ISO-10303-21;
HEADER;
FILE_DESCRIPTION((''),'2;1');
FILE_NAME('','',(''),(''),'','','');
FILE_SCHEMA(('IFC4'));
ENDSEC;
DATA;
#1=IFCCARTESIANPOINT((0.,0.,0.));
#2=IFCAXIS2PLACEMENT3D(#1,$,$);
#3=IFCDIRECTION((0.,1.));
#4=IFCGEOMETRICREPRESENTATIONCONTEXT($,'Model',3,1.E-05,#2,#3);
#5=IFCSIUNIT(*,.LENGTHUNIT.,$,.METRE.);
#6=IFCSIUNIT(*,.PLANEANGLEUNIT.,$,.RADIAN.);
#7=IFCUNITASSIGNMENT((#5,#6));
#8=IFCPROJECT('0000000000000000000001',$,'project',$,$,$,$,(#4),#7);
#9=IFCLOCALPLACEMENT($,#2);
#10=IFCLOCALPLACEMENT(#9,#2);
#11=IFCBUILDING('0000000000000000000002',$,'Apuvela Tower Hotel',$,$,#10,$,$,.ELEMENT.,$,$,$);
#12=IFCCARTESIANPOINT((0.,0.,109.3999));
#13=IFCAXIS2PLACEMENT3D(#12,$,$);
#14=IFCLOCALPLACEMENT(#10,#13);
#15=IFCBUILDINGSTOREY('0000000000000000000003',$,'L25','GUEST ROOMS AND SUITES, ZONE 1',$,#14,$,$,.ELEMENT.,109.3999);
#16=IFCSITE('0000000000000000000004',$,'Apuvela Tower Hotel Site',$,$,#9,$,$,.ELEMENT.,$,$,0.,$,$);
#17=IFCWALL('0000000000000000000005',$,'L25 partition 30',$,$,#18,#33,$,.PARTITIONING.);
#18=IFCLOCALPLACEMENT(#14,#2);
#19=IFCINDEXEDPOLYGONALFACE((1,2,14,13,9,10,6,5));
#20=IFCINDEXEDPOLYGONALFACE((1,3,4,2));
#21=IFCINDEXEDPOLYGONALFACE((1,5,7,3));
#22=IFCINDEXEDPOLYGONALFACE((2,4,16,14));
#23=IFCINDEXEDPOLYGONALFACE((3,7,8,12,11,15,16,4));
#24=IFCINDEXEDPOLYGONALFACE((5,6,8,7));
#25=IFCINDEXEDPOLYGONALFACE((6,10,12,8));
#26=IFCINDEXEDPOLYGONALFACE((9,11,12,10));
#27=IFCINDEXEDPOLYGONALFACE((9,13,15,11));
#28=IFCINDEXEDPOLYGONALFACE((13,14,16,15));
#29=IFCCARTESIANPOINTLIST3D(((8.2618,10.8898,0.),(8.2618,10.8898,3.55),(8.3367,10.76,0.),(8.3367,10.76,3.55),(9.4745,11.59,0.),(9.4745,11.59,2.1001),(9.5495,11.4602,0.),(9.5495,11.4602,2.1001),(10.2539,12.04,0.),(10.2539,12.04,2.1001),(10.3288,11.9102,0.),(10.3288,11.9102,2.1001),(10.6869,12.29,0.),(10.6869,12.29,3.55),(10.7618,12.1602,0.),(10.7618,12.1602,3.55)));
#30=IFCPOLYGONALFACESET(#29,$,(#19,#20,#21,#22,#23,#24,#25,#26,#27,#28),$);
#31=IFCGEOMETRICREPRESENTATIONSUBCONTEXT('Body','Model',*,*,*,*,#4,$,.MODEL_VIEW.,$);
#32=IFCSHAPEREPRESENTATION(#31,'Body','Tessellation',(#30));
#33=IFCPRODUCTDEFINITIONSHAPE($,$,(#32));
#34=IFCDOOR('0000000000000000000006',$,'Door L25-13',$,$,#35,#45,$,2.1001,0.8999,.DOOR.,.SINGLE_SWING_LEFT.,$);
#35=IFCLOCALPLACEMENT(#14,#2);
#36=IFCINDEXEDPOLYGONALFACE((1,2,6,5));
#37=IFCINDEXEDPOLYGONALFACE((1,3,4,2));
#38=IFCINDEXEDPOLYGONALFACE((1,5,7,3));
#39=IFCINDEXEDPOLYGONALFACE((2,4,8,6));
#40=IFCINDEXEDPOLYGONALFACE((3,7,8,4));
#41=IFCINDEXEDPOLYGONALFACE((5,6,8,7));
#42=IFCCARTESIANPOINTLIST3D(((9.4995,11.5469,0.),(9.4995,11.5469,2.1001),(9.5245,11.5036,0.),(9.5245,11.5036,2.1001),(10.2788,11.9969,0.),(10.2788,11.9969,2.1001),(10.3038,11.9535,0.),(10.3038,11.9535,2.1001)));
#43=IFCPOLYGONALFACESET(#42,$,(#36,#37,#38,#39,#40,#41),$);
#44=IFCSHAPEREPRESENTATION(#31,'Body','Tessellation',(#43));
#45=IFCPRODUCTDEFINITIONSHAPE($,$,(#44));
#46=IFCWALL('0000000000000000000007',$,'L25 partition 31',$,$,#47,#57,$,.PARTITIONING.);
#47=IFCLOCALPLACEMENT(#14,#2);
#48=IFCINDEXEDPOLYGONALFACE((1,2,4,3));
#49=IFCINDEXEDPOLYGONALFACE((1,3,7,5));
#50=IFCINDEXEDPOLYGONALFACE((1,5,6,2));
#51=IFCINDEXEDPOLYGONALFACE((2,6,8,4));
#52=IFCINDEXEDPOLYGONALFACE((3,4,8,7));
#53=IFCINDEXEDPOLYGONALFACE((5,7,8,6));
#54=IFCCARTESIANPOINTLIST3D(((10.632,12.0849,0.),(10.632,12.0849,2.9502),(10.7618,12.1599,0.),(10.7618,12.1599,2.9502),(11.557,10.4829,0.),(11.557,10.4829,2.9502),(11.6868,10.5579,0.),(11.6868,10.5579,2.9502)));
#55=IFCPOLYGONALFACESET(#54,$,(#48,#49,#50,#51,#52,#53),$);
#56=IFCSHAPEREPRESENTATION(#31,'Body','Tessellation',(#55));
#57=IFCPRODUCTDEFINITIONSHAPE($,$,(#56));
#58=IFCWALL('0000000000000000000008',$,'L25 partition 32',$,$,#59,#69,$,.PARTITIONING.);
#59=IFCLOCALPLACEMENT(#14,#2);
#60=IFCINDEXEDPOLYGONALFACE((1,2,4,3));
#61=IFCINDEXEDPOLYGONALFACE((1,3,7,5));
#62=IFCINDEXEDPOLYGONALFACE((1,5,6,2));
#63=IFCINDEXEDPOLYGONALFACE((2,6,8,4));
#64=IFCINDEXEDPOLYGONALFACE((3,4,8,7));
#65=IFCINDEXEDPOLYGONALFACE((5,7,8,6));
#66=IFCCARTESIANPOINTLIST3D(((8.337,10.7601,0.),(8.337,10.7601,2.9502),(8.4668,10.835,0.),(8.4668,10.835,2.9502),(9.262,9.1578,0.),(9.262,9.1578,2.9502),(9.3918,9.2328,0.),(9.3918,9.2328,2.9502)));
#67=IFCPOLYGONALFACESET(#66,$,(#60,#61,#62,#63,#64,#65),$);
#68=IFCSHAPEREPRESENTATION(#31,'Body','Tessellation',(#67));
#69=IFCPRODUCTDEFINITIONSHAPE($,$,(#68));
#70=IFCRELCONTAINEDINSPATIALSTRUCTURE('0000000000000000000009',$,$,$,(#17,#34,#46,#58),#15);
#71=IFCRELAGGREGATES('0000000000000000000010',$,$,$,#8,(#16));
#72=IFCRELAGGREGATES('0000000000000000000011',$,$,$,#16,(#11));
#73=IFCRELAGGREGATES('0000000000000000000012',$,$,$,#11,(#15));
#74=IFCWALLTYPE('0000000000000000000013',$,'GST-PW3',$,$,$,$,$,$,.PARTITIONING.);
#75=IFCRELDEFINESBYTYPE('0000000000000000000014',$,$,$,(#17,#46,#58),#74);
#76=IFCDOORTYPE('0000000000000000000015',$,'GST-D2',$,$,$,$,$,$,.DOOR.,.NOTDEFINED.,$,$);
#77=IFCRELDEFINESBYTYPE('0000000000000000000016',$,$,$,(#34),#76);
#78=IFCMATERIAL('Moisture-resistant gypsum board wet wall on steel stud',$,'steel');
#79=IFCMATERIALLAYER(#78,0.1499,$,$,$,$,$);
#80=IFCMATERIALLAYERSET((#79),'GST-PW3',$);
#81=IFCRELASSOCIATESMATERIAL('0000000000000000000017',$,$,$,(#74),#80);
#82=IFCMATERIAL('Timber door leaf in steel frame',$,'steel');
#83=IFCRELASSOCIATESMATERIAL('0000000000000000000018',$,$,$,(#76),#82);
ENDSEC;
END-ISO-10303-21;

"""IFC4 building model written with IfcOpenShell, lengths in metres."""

from ifc_helpers import new_model, si_unit, direction, frame, frame_2d, origin, place, context, subcontext, project, spatial, rectangle, extrude, material, layer, layer_set, type_object, element, fill, save


model = new_model("IFC4")

# Units and contexts
model_context = context("Model", 3, precision=1e-05, world=origin(), true_north=direction((0.0, 1.0)))
body_context = subcontext(model_context, "Body", "Model", "MODEL_VIEW")
ifc_project = project(units=[si_unit("LENGTHUNIT", "METRE"), si_unit("PLANEANGLEUNIT", "RADIAN")], contexts=[model_context])

# Site, building, storey
site_placement = place(None, origin())
site = spatial("IfcSite", under=ifc_project, at=site_placement, Name="Apuvela Tower Hotel Site", CompositionType="ELEMENT", RefElevation=0.0)
building_placement = place(site_placement, origin())
building = spatial("IfcBuilding", under=site, at=building_placement, Name="Apuvela Tower Hotel", CompositionType="ELEMENT")
storey_placement = place(building_placement, frame((0.0, 0.0, 109.3999)))
storey = spatial("IfcBuildingStorey", under=building, at=storey_placement, Name="L25", Description="GUEST ROOMS AND SUITES, ZONE 1", CompositionType="ELEMENT", Elevation=109.3999)

# Shared definitions
ifc_material_1 = material(Name="Timber door leaf in steel frame", Category="steel")

# Shared definitions
ifc_material_2 = material(Name="Moisture-resistant gypsum board wet wall on steel stud", Category="steel")
ifc_layer_1 = layer(ifc_material_2, 0.1499)
ifc_layer_set_1 = layer_set([ifc_layer_1], Name="GST-PW3")
wall_type_1 = type_object("IfcWallType", Name="GST-PW3", PredefinedType="PARTITIONING", material=ifc_layer_set_1)

# Wall, opening, door
wall_1_placement = place(storey_placement, frame((10.7244, 12.2251, 0.0), z_axis=(0.0, 0.0, 1.0), x_axis=(-0.866019, -0.500012, 0.0)))
wall_1 = element("IfcWall", 1, at=wall_1_placement, inside=storey, type_object=wall_type_1, Name="L25 partition 30", PredefinedType="PARTITIONING", context=body_context, shape_type="SweptSolid", body=[
    extrude(rectangle(XDim=2.8003, YDim=0.1499, at=frame_2d((1.4001, 0.0))), origin(), (0.0, 0.0, 1.0), 3.55),
])
opening_1_placement = place(wall_1_placement, frame((0.5, 0.0, 0.0)))
opening_1 = element("IfcOpeningElement", 2, at=opening_1_placement, cuts=wall_1, PredefinedType="OPENING", context=body_context, shape_type="SweptSolid", body=[
    extrude(rectangle(XDim=0.8999, YDim=2.1001, at=frame_2d((0.45, 1.05))), frame((0.0, 0.085, 0.0), z_axis=(0.0, -1.0, 0.0), x_axis=(1.0, 0.0, 0.0)), (0.0, 0.0, 1.0), 0.1699),
])
door_type_1 = type_object("IfcDoorType", Name="GST-D2", OperationType="NOTDEFINED", PredefinedType="DOOR", material=ifc_material_1)
door_1_placement = place(opening_1_placement, origin())
door_1 = element("IfcDoor", 3, at=door_1_placement, inside=storey, type_object=door_type_1, Name="Door L25-13", OperationType="SINGLE_SWING_LEFT", OverallHeight=2.1001, OverallWidth=0.8999, PredefinedType="DOOR", context=body_context, shape_type="SweptSolid", body=[
    extrude(rectangle(XDim=0.8999, YDim=2.1001, at=frame_2d((0.45, 1.05))), frame((0.0, 0.0249, 0.0), z_axis=(0.0, -1.0, 0.0), x_axis=(1.0, 0.0, 0.0)), (0.0, 0.0, 1.0), 0.05),
])
fill(opening_1, door_1)

# Walls
wall_2_placement = place(storey_placement, frame((11.6218, 10.5205, 0.0), z_axis=(0.0, 0.0, 1.0), x_axis=(-0.500042, 0.866001, 0.0)))
element("IfcWall", 4, at=wall_2_placement, inside=storey, type_object=wall_type_1, Name="L25 partition 31", PredefinedType="PARTITIONING", context=body_context, shape_type="SweptSolid", body=[
    extrude(rectangle(XDim=1.8499, YDim=0.1499, at=frame_2d((0.9248, 0.0))), origin(), (0.0, 0.0, 1.0), 2.9502),
])
wall_3_placement = place(storey_placement, frame((9.3269, 9.1953, 0.0), z_axis=(0.0, 0.0, 1.0), x_axis=(-0.499985, 0.866034, 0.0)))
element("IfcWall", 5, at=wall_3_placement, inside=storey, type_object=wall_type_1, Name="L25 partition 32", PredefinedType="PARTITIONING", context=body_context, shape_type="SweptSolid", body=[
    extrude(rectangle(XDim=1.8501, YDim=0.1499, at=frame_2d((0.925, 0.0))), origin(), (0.0, 0.0, 1.0), 2.9502),
])

save(model, "model.ifc")
